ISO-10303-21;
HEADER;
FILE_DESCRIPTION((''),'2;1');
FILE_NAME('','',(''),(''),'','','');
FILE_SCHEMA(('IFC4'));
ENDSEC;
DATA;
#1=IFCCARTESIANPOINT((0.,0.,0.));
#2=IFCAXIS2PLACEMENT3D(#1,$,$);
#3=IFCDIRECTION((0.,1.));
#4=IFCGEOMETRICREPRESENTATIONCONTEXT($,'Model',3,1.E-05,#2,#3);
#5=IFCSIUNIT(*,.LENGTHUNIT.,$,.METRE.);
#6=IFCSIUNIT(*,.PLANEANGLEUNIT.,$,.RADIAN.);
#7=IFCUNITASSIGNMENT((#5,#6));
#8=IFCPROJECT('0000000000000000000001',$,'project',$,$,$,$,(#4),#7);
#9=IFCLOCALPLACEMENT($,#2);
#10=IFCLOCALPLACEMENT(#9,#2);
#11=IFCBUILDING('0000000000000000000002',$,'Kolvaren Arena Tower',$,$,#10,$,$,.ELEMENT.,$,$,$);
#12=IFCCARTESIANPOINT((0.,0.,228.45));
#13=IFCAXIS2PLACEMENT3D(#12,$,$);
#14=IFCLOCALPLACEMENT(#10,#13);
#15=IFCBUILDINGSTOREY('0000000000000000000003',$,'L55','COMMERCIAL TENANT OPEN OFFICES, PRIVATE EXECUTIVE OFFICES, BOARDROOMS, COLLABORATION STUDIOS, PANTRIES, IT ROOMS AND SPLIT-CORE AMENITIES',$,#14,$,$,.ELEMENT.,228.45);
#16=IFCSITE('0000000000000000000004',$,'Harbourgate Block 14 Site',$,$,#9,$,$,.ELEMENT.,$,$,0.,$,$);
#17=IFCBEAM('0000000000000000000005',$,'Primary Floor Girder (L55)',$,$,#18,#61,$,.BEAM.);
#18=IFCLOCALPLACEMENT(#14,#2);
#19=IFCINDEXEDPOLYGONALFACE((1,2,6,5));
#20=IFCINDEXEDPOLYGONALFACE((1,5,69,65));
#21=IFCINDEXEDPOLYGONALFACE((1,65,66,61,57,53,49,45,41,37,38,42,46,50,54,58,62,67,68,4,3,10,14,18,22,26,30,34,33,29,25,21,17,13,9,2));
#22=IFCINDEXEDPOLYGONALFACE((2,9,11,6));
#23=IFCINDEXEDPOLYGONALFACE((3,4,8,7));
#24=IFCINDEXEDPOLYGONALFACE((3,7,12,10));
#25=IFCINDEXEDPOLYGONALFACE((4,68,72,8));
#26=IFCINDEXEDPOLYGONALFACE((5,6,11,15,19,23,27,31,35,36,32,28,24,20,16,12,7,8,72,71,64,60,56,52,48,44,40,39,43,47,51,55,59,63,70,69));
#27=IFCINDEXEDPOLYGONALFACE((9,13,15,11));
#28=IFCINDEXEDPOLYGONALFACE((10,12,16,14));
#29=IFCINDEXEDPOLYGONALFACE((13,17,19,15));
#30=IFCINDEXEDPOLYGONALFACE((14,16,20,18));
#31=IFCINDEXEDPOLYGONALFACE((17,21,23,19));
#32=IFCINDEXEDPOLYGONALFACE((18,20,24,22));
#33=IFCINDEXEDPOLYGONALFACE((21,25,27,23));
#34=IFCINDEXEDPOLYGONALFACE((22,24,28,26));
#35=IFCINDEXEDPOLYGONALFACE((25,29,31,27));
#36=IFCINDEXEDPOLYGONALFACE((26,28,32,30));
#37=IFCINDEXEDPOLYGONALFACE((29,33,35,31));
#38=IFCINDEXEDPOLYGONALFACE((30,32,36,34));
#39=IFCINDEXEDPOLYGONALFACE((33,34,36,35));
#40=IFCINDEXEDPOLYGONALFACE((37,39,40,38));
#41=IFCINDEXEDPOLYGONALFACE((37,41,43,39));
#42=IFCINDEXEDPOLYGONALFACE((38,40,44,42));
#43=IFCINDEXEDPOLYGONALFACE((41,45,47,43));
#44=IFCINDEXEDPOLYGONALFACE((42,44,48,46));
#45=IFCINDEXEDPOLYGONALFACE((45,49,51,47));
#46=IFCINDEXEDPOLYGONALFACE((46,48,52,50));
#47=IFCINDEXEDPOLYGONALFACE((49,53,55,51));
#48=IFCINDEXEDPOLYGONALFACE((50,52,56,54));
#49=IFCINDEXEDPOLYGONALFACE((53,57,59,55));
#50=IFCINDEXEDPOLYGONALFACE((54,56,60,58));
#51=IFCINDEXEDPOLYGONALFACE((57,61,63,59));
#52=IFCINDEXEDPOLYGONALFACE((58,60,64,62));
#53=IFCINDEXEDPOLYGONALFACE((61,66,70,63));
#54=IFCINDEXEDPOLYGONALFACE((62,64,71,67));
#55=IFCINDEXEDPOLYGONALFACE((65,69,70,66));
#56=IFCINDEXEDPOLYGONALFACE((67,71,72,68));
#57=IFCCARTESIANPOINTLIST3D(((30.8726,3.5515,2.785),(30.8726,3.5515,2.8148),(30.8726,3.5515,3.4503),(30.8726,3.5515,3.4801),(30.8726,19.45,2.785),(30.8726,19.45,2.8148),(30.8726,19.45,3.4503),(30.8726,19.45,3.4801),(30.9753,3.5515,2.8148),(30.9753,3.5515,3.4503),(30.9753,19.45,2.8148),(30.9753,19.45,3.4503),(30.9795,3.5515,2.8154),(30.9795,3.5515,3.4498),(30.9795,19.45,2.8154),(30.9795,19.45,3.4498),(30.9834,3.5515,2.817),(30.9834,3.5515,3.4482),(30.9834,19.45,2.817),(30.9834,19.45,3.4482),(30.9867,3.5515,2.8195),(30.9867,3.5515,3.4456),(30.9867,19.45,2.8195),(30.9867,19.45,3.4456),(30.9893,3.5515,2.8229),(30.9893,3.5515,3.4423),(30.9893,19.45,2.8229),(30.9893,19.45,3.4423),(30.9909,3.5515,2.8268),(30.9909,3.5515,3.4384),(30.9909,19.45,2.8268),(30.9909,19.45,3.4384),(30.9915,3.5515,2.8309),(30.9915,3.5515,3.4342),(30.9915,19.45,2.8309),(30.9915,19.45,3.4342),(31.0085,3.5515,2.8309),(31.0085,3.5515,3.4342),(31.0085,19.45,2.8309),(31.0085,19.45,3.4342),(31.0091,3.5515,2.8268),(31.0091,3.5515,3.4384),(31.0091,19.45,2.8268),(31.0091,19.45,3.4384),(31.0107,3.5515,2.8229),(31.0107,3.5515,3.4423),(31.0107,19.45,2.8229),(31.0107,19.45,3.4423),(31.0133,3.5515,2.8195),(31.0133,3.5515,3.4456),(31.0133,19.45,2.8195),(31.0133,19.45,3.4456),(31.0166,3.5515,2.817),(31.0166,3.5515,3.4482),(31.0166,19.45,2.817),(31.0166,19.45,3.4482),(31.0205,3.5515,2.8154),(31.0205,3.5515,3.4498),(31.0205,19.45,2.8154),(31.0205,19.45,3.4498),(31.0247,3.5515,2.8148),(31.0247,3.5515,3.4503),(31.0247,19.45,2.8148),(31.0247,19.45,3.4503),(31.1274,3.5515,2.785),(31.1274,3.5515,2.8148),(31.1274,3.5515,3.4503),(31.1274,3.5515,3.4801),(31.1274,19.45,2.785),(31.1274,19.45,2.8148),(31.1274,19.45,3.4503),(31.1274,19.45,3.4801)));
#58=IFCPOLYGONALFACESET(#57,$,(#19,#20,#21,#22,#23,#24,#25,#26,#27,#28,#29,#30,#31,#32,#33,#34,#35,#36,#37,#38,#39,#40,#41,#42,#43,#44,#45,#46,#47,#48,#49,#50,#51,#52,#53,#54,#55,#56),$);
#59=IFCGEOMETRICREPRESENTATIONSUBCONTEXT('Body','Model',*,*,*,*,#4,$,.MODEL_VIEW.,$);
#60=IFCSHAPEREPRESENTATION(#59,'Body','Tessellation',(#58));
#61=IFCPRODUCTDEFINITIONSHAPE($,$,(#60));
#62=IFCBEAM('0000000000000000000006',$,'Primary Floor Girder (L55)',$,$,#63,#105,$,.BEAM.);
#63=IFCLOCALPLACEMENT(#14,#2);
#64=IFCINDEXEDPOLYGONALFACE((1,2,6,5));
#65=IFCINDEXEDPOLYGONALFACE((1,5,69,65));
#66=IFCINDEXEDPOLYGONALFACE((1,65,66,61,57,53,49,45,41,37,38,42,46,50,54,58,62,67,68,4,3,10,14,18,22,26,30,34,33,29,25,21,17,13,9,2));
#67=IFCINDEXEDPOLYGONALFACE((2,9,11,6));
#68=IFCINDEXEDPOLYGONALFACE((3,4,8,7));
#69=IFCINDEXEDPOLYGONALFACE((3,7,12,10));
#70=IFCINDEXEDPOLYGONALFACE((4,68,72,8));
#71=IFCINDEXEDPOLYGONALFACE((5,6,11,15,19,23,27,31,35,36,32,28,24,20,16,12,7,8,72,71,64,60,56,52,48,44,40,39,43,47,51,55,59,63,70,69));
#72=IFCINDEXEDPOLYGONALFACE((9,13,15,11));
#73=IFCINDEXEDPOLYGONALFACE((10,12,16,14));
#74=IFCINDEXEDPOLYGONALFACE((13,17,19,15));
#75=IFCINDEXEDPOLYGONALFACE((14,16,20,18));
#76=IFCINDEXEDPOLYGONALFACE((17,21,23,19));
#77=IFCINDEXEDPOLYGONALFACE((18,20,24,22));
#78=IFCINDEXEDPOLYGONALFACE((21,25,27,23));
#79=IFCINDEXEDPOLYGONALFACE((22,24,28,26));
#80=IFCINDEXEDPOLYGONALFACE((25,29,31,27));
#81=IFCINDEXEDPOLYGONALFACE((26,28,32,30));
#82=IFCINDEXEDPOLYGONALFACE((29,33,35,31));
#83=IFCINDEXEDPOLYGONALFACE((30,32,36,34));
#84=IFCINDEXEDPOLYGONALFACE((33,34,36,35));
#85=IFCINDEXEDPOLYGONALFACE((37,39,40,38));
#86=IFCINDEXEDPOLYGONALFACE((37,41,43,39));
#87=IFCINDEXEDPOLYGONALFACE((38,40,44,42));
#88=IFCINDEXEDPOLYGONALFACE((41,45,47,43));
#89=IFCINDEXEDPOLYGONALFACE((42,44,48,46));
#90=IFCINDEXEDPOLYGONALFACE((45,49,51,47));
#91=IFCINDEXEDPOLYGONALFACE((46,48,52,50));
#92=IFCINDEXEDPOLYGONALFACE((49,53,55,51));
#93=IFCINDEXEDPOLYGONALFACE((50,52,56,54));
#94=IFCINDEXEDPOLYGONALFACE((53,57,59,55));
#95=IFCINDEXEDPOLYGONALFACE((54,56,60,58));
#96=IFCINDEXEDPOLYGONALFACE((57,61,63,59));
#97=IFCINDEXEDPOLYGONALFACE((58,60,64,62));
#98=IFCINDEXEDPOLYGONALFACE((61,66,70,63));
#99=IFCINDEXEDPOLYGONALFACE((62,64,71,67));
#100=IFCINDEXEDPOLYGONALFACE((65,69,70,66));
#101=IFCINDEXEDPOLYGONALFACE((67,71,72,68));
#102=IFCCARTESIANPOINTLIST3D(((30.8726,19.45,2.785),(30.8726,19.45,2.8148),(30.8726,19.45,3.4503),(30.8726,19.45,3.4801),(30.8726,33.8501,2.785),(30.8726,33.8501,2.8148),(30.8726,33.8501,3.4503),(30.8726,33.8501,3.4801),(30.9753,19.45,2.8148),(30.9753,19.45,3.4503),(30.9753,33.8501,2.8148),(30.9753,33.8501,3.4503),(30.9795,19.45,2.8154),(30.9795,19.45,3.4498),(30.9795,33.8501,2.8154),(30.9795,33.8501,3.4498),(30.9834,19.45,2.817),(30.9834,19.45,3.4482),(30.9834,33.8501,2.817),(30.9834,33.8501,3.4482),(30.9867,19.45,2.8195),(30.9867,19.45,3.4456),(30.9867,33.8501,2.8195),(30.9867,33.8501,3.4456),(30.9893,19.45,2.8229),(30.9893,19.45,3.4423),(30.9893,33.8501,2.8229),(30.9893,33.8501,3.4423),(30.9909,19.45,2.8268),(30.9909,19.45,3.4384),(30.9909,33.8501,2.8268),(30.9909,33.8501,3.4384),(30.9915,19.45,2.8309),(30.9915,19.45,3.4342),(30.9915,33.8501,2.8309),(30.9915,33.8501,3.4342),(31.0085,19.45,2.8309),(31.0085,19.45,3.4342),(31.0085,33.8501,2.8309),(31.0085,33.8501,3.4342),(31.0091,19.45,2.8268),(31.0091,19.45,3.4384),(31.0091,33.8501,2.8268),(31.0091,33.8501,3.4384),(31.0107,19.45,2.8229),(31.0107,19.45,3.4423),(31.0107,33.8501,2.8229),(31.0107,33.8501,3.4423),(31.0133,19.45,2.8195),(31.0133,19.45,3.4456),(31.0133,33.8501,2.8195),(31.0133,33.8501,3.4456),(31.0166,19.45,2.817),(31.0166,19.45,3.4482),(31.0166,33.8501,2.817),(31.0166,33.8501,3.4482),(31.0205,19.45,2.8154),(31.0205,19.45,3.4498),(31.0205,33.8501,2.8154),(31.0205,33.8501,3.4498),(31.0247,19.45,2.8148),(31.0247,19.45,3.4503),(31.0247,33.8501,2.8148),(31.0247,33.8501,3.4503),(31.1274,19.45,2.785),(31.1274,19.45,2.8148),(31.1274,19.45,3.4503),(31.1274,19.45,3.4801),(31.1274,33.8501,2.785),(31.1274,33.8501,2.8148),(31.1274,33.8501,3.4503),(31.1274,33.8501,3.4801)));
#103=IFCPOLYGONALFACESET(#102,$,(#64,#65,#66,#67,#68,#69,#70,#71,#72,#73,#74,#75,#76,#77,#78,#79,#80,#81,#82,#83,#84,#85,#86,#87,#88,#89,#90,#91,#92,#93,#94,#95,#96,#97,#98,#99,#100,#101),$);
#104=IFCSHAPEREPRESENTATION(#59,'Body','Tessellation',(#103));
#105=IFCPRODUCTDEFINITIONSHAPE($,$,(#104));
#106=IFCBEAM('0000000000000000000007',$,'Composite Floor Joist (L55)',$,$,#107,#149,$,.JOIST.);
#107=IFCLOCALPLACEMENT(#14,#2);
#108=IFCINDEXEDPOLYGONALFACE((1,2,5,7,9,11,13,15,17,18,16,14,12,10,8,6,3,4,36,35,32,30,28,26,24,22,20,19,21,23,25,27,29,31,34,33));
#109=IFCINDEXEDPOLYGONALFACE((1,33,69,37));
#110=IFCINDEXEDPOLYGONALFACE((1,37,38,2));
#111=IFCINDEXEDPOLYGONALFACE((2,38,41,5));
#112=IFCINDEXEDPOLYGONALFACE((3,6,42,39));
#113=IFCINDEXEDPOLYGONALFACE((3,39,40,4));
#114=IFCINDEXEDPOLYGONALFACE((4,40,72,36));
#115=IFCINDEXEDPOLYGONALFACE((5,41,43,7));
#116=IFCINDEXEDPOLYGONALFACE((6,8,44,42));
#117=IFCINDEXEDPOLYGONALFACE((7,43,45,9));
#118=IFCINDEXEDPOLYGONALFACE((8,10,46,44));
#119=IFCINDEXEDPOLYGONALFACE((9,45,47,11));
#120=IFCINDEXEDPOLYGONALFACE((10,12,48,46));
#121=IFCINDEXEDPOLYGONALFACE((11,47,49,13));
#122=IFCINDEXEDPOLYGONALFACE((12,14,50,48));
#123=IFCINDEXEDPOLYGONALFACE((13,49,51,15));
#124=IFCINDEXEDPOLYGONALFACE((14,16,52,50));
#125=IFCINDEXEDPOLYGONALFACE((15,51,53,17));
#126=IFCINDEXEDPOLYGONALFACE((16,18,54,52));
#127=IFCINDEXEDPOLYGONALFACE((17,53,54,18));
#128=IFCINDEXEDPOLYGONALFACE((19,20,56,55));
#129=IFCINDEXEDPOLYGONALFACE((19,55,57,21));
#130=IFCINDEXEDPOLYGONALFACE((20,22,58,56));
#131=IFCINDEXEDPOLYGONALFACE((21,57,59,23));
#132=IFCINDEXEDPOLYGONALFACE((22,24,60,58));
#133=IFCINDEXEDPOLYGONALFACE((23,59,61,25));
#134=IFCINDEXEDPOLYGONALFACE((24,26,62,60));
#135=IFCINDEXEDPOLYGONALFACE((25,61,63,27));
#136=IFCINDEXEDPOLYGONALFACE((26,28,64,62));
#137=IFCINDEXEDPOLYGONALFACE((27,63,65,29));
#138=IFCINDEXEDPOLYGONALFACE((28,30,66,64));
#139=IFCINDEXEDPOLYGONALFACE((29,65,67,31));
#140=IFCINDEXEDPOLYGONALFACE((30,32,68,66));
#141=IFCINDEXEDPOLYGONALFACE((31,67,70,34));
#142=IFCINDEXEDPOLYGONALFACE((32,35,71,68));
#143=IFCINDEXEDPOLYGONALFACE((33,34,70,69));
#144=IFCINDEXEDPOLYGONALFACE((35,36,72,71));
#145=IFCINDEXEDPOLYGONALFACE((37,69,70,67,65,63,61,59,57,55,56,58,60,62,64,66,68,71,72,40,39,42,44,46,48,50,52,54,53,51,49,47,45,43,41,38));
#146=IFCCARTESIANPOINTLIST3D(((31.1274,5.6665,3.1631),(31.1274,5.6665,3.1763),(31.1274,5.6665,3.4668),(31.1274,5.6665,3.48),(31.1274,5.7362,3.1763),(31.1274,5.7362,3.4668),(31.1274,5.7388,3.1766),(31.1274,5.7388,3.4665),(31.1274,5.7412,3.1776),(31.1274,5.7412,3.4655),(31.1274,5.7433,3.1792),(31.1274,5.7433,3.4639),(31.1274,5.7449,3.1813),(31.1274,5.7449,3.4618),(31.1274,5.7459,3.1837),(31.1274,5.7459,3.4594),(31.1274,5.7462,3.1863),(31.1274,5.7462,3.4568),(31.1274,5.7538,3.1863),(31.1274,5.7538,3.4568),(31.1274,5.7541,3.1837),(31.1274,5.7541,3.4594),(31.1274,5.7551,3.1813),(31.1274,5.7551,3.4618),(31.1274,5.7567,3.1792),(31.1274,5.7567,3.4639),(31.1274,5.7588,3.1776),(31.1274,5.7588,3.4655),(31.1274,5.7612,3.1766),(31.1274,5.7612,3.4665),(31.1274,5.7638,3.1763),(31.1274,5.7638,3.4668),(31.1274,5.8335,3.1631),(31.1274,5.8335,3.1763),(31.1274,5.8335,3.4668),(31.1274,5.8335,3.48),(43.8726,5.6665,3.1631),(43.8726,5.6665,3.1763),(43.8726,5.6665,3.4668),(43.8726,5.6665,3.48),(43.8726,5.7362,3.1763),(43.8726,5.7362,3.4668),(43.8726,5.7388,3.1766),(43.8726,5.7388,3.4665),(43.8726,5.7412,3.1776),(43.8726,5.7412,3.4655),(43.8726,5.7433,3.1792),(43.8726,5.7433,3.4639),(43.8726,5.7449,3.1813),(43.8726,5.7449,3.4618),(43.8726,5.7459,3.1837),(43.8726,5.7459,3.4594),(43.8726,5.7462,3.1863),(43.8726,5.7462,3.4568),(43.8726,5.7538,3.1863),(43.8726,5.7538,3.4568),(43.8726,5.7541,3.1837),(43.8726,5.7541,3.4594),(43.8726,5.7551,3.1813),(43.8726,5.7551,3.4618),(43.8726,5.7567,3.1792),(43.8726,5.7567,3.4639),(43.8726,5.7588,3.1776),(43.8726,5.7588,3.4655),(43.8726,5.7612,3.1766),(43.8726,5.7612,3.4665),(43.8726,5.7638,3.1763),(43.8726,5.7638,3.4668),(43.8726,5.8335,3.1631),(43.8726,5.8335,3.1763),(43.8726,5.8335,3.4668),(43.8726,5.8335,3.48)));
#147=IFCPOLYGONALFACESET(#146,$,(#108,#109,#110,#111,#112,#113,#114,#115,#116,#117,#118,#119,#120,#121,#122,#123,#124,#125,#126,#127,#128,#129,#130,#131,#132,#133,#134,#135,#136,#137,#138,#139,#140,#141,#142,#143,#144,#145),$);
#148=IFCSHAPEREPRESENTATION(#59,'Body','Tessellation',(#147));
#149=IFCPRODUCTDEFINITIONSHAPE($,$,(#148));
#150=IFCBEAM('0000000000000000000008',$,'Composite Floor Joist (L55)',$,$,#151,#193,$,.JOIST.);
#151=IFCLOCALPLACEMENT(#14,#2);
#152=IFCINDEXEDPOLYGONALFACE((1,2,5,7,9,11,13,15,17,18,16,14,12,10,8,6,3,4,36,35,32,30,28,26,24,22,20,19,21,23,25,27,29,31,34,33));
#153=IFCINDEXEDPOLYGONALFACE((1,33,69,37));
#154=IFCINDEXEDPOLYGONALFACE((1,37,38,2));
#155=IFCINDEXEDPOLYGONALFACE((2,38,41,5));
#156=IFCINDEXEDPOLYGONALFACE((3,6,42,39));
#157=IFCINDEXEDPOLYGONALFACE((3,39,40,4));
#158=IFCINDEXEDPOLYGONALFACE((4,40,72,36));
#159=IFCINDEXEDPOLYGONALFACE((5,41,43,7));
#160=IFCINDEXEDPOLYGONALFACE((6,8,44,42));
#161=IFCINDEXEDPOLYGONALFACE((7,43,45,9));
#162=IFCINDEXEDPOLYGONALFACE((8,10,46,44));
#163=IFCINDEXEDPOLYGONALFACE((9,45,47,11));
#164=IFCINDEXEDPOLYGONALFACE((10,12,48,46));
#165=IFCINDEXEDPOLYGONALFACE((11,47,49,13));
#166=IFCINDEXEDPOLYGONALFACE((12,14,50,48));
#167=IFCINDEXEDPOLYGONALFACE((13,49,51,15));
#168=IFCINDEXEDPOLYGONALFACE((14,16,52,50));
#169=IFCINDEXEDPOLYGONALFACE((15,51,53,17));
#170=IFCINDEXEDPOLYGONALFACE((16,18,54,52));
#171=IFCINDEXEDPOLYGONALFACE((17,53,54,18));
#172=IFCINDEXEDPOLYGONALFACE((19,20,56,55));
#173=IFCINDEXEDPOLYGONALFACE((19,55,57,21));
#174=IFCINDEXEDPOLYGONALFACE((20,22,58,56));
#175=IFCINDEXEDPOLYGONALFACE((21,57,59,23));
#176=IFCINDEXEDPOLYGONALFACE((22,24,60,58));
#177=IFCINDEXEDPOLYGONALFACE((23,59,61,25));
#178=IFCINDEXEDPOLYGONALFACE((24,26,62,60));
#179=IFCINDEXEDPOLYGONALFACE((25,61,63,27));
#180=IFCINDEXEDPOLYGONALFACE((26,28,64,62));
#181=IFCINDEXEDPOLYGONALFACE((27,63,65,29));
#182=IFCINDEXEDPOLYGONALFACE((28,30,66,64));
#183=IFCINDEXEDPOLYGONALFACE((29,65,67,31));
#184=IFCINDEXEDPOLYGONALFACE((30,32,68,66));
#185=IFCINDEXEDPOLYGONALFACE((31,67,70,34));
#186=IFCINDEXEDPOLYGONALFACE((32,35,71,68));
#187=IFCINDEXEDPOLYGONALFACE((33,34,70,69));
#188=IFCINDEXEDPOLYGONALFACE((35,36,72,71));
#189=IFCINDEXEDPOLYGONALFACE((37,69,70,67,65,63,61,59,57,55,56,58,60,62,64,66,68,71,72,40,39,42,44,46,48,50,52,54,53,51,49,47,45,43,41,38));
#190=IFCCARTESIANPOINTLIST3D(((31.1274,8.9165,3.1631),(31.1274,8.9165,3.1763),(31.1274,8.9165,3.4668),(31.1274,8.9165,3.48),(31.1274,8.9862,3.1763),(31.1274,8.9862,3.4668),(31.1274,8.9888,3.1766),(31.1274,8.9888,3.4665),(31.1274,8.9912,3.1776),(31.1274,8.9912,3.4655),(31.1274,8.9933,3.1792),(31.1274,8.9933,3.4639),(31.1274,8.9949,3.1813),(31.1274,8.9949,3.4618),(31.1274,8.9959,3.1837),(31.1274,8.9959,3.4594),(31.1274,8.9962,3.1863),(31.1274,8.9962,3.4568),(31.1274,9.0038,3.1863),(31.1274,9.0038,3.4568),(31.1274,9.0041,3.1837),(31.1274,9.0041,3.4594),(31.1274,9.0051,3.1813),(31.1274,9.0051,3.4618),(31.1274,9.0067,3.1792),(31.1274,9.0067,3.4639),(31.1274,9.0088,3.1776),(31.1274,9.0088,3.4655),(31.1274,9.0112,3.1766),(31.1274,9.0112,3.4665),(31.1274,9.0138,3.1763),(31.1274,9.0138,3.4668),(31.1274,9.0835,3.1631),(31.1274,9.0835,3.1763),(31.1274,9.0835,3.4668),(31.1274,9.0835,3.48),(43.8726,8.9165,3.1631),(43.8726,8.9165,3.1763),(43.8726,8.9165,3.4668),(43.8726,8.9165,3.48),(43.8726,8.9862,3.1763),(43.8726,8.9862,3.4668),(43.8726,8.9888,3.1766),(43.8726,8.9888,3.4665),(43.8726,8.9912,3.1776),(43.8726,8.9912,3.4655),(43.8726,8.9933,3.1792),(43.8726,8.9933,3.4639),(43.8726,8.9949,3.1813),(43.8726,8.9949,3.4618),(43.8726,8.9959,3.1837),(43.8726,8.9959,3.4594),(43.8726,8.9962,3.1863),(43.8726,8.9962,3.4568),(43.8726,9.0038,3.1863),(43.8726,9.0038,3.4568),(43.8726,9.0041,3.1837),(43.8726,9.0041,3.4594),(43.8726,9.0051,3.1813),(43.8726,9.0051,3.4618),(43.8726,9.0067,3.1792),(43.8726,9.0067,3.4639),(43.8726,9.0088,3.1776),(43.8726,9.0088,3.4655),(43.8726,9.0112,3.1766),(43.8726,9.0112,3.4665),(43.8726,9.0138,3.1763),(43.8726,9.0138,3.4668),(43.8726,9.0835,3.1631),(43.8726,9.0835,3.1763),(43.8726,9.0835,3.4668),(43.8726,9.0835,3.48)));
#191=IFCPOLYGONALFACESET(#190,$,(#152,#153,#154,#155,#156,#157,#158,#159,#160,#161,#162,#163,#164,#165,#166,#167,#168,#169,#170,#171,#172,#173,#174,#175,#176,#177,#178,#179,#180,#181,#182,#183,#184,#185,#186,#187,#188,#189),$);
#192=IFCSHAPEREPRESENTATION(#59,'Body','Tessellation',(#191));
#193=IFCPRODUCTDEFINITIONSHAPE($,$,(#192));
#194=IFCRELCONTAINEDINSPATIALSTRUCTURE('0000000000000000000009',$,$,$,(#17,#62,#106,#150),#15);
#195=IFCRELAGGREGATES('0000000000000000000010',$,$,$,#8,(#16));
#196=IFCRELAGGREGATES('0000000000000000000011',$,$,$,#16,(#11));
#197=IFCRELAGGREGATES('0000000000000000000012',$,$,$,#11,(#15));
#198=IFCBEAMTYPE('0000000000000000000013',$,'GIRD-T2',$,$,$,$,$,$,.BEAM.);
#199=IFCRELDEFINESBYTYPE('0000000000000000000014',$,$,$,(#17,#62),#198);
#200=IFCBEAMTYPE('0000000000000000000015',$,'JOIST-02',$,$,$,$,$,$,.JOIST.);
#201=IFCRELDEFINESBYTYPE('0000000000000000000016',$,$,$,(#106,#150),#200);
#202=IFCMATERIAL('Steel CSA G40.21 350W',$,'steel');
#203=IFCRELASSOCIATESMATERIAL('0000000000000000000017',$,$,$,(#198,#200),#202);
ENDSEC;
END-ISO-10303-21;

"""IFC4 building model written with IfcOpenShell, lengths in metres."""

from ifc_helpers import new_model, si_unit, direction, frame, origin, origin_2d, place, context, subcontext, project, spatial, i_section, extrude, material, material_profile, profile_set, type_object, element, save


model = new_model("IFC4")

# Units and contexts
model_context = context("Model", 3, precision=1e-05, world=origin(), true_north=direction((0.0, 1.0)))
body_context = subcontext(model_context, "Body", "Model", "MODEL_VIEW")
ifc_project = project(units=[si_unit("LENGTHUNIT", "METRE"), si_unit("PLANEANGLEUNIT", "RADIAN")], contexts=[model_context])

# Site, building, storey
site_placement = place(None, origin())
site = spatial("IfcSite", under=ifc_project, at=site_placement, Name="Harbourgate Block 14 Site", CompositionType="ELEMENT", RefElevation=0.0)
building_placement = place(site_placement, origin())
building = spatial("IfcBuilding", under=site, at=building_placement, Name="Kolvaren Arena Tower", CompositionType="ELEMENT")
storey_placement = place(building_placement, frame((0.0, 0.0, 228.45)))
storey = spatial("IfcBuildingStorey", under=building, at=storey_placement, Name="L55", Description="COMMERCIAL TENANT OPEN OFFICES, PRIVATE EXECUTIVE OFFICES, BOARDROOMS, COLLABORATION STUDIOS, PANTRIES, IT ROOMS AND SPLIT-CORE AMENITIES", CompositionType="ELEMENT", Elevation=228.45)

# Beams
ifc_material_1 = material(Name="Steel CSA G40.21 350W", Category="steel")
ifc_material_profile_1 = material_profile(ifc_material_1, i_section(OverallWidth=0.2549, OverallDepth=0.6951, WebThickness=0.0171, FlangeThickness=0.0298, FilletRadius=0.0161, at=origin_2d()), Name="W690x217")
ifc_profile_set_1 = profile_set([ifc_material_profile_1], Name="Steel CSA G40.21 350W")
beam_type_1 = type_object("IfcBeamType", Name="GIRD-T2", PredefinedType="BEAM", material=ifc_profile_set_1)
beam_1_placement = place(storey_placement, frame((31.0, 3.5515, 3.1326), z_axis=(0.0, 1.0, 0.0), x_axis=(-1.0, 0.0, 0.0)))
element("IfcBeam", 1, at=beam_1_placement, inside=storey, type_object=beam_type_1, Name="Primary Floor Girder (L55)", PredefinedType="BEAM", context=body_context, shape_type="SweptSolid", body=[
    extrude(i_section(OverallWidth=0.2549, OverallDepth=0.6951, WebThickness=0.0171, FlangeThickness=0.0298, FilletRadius=0.0161, at=origin_2d()), origin(), (0.0, 0.0, 1.0), 15.8984),
])
beam_2_placement = place(storey_placement, frame((31.0, 19.45, 3.1326), z_axis=(0.0, 1.0, 0.0), x_axis=(-1.0, 0.0, 0.0)))
element("IfcBeam", 2, at=beam_2_placement, inside=storey, type_object=beam_type_1, Name="Primary Floor Girder (L55)", PredefinedType="BEAM", context=body_context, shape_type="SweptSolid", body=[
    extrude(i_section(OverallWidth=0.2549, OverallDepth=0.6951, WebThickness=0.0171, FlangeThickness=0.0298, FilletRadius=0.0161, at=origin_2d()), origin(), (0.0, 0.0, 1.0), 14.4001),
])
ifc_material_profile_2 = material_profile(ifc_material_1, i_section(OverallWidth=0.167, OverallDepth=0.3169, WebThickness=0.0076, FlangeThickness=0.0132, FilletRadius=0.01, at=origin_2d()), Name="W310x52")
ifc_profile_set_2 = profile_set([ifc_material_profile_2], Name="Steel CSA G40.21 350W")
beam_type_2 = type_object("IfcBeamType", Name="JOIST-02", PredefinedType="JOIST", material=ifc_profile_set_2)
for number, where, z_axis, x_axis, name in (
    (3, (31.1274, 5.75, 3.3215), (1.0, 0.0, 0.0), (0.0, 1.0, 0.0), "Composite Floor Joist (L55)"),
    (4, (31.1274, 9.0, 3.3215), (1.0, 0.0, 0.0), (0.0, 1.0, 0.0), "Composite Floor Joist (L55)"),
):
    element("IfcBeam", number, at=place(storey_placement, frame(where, z_axis=z_axis, x_axis=x_axis)), inside=storey, type_object=beam_type_2, Name=name, PredefinedType="JOIST", context=body_context, shape_type="SweptSolid", body=[
        extrude(i_section(OverallWidth=0.167, OverallDepth=0.3169, WebThickness=0.0076, FlangeThickness=0.0132, FilletRadius=0.01, at=origin_2d()), origin(), (0.0, 0.0, 1.0), 12.7451),
    ])

save(model, "model.ifc")
